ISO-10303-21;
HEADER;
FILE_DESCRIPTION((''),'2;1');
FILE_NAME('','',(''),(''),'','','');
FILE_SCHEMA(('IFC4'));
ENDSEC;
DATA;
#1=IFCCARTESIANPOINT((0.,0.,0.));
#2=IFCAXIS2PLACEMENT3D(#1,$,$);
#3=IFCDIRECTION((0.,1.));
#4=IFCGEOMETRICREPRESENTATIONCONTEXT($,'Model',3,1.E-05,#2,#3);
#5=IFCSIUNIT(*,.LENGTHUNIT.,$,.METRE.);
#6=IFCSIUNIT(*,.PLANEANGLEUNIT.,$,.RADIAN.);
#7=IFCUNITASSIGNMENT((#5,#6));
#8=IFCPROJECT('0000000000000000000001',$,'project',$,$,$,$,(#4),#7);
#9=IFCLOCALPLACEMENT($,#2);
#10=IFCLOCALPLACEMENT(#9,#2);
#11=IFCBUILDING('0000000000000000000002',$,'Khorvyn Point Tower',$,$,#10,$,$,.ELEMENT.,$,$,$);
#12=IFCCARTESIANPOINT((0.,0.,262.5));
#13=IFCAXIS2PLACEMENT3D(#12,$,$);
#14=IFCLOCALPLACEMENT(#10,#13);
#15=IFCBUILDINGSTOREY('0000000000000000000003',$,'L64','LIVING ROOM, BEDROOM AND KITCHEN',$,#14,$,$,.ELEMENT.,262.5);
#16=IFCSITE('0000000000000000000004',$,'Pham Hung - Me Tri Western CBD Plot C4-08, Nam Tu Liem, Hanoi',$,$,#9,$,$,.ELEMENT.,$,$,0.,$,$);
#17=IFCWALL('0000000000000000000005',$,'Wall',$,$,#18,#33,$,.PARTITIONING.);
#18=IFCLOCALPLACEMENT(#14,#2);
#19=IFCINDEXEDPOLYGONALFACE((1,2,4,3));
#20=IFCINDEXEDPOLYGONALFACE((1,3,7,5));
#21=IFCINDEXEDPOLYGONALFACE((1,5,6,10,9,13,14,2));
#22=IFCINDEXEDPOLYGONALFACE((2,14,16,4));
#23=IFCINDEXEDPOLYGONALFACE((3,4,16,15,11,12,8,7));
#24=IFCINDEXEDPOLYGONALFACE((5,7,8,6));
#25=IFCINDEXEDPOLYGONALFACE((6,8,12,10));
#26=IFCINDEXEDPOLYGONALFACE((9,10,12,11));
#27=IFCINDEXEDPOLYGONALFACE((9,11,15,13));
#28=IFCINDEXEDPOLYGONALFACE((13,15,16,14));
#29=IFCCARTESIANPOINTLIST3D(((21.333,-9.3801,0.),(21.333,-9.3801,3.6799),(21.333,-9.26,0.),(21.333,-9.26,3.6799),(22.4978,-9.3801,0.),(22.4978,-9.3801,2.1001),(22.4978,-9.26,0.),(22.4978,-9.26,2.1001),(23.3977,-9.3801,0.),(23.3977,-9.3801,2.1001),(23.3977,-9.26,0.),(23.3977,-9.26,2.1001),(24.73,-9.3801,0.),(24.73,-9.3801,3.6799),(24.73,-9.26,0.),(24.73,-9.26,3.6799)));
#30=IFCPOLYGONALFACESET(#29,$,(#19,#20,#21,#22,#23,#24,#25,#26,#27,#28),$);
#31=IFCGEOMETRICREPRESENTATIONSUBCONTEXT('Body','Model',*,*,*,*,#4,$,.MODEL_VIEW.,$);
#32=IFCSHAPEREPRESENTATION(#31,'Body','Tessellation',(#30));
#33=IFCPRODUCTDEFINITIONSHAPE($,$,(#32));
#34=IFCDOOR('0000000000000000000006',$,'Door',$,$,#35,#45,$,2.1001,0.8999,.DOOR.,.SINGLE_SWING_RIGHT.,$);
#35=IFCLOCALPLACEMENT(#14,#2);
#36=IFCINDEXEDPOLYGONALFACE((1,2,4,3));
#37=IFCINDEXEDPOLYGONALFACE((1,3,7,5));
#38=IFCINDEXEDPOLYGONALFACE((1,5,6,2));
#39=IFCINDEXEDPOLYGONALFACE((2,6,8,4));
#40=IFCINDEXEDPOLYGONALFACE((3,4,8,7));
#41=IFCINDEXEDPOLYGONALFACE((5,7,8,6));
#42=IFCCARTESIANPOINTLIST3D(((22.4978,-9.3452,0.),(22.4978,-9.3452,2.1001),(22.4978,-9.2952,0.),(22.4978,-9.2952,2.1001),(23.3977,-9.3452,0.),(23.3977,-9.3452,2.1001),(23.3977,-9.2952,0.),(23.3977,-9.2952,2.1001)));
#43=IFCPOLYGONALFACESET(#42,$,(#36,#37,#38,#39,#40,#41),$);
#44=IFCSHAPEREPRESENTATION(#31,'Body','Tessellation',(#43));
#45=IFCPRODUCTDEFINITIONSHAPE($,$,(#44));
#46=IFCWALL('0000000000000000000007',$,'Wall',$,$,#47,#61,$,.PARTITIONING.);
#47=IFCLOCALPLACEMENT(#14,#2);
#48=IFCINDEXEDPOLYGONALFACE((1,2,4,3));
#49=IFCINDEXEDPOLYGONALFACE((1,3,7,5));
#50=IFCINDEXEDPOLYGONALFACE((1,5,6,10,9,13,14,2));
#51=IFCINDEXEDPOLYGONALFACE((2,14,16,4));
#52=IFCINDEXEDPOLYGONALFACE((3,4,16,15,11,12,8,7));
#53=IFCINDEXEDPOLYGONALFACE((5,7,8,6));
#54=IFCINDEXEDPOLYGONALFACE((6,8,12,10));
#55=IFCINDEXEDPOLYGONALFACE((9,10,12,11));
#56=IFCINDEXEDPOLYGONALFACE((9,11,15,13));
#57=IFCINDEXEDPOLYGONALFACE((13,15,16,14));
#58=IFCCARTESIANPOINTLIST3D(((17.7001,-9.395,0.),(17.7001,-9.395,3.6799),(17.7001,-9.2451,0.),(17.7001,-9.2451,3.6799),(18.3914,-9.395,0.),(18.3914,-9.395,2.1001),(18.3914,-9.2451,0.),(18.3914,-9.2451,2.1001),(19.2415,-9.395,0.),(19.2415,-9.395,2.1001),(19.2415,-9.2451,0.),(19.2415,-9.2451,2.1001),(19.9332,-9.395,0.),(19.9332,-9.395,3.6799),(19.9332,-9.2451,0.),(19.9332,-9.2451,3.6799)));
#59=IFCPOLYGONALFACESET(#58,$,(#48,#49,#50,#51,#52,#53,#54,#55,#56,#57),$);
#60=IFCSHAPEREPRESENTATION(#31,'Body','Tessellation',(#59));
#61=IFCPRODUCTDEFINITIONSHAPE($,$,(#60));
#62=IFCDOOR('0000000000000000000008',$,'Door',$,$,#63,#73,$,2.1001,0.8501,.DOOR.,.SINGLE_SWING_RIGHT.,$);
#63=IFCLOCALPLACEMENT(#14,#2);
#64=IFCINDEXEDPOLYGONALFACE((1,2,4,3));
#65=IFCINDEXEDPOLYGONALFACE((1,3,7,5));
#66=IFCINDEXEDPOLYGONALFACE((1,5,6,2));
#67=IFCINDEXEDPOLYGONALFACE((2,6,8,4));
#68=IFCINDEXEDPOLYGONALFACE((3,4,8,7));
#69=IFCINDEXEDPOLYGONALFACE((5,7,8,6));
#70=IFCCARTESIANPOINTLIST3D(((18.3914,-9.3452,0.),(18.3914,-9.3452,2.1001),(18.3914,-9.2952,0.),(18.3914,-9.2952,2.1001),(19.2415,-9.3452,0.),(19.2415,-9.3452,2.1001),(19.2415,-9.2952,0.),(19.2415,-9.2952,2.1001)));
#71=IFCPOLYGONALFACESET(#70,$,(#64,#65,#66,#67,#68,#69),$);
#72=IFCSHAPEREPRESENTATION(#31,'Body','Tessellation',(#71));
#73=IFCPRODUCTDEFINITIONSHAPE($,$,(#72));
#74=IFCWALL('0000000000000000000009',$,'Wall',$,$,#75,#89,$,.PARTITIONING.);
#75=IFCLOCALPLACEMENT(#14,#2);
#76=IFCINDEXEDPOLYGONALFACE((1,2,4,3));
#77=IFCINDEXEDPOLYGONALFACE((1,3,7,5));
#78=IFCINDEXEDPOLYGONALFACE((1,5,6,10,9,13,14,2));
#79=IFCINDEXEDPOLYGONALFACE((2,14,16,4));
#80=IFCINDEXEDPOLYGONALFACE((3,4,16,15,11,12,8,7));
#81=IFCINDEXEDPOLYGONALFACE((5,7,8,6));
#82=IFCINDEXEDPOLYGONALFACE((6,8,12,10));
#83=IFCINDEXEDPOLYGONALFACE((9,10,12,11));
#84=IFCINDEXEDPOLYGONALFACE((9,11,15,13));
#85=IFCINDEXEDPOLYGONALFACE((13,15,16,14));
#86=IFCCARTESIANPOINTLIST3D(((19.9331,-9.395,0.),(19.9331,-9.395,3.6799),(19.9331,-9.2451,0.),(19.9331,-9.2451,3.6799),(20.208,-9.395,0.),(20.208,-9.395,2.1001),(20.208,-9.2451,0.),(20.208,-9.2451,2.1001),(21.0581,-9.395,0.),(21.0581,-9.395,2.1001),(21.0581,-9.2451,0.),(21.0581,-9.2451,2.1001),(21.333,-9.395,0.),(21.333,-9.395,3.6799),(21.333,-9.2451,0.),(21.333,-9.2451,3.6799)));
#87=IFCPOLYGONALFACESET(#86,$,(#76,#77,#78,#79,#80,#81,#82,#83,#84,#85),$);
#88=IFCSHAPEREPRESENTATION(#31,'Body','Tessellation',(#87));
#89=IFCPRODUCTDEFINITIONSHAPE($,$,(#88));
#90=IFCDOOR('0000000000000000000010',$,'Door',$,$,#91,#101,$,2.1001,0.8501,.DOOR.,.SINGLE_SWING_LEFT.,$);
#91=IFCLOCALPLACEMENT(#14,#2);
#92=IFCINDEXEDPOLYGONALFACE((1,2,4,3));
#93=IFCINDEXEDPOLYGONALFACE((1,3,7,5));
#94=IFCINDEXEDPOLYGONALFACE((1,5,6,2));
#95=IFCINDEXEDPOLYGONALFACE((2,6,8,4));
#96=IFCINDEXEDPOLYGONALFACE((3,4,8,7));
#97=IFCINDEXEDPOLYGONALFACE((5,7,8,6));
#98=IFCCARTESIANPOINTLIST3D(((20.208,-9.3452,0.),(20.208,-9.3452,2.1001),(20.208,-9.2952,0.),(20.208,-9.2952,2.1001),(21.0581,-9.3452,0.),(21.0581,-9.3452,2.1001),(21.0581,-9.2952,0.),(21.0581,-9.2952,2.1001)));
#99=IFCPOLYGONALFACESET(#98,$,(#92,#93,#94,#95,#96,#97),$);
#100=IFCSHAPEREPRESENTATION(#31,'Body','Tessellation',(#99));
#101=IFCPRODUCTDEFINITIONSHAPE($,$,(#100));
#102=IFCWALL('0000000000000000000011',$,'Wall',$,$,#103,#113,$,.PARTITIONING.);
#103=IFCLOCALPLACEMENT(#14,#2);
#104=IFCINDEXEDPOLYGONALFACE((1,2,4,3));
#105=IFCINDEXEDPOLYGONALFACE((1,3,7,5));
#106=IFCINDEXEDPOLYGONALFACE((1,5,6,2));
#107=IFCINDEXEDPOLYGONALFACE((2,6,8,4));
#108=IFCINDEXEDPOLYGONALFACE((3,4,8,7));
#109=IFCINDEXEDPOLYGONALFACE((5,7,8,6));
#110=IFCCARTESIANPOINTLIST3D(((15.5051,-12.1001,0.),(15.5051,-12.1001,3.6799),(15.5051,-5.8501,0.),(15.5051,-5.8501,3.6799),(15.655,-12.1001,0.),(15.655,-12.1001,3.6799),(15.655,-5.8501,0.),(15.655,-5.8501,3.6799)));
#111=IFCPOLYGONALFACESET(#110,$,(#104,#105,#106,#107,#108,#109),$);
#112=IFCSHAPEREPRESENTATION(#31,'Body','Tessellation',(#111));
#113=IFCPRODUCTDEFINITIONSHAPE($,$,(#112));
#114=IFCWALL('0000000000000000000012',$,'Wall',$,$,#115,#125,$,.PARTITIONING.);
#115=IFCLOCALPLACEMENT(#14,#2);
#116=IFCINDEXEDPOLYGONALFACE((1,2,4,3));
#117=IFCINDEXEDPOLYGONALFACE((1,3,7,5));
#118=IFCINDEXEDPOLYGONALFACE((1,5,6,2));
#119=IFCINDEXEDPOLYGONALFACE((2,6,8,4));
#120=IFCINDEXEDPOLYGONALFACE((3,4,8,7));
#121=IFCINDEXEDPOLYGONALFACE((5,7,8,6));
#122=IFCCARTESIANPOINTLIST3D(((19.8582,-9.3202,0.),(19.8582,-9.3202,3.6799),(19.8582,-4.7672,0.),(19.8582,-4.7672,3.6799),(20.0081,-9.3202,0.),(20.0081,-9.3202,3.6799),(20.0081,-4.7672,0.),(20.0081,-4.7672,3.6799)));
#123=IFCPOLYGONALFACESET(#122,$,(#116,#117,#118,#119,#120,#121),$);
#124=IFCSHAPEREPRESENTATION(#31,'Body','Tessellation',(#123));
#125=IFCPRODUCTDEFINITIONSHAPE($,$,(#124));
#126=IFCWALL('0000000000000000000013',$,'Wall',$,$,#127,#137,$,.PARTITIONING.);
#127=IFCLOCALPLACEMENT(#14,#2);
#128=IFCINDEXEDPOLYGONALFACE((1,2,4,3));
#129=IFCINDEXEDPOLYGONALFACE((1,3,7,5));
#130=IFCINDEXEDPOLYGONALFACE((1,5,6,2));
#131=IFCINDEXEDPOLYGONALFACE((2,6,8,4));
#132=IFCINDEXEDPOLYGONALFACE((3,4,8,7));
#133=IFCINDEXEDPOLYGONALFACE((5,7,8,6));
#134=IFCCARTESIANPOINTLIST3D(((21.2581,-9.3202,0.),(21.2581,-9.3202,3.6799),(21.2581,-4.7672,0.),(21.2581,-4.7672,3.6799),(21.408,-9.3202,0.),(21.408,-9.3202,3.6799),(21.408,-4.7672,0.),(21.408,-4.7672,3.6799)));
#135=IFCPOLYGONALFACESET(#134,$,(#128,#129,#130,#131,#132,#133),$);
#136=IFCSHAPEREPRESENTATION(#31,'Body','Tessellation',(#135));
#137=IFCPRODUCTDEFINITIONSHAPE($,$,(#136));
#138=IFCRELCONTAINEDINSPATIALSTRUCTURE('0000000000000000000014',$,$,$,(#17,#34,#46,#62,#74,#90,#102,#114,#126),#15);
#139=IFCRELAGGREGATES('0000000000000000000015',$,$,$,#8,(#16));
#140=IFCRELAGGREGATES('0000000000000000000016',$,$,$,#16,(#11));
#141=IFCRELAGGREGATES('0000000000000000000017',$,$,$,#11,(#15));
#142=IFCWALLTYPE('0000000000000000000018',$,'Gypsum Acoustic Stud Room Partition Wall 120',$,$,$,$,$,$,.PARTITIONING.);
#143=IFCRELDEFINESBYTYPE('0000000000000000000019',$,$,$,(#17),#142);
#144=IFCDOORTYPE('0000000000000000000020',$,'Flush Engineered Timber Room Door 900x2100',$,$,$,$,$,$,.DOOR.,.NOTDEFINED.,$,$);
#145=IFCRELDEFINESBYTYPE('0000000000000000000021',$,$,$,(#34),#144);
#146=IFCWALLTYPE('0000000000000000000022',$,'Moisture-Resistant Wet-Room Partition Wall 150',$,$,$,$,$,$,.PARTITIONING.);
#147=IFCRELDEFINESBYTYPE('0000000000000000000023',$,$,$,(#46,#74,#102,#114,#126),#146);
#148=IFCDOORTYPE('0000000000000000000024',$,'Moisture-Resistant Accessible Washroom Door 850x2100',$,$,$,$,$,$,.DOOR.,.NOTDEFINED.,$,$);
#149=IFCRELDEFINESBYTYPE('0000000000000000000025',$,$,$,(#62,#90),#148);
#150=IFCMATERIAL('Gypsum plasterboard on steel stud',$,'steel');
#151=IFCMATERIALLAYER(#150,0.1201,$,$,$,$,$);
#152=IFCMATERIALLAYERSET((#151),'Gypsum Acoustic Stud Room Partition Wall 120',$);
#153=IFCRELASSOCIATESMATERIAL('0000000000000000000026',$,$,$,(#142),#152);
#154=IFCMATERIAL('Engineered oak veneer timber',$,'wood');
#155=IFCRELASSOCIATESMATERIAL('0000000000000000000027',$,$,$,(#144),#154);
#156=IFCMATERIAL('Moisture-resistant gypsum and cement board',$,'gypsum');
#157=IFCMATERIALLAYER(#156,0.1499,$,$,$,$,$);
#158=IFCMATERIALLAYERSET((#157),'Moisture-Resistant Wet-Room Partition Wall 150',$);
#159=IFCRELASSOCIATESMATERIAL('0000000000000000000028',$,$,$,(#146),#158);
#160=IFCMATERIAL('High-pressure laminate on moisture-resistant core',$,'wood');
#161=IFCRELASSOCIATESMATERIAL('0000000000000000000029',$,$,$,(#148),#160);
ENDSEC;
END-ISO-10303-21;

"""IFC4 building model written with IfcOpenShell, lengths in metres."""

from ifc_helpers import new_model, si_unit, direction, frame, frame_2d, origin, place, context, subcontext, project, spatial, rectangle, extrude, material, layer, layer_set, type_object, element, fill, save


model = new_model("IFC4")

# Units and contexts
model_context = context("Model", 3, precision=1e-05, world=origin(), true_north=direction((0.0, 1.0)))
body_context = subcontext(model_context, "Body", "Model", "MODEL_VIEW")
ifc_project = project(units=[si_unit("LENGTHUNIT", "METRE"), si_unit("PLANEANGLEUNIT", "RADIAN")], contexts=[model_context])

# Site, building, storey
site_placement = place(None, origin())
site = spatial("IfcSite", under=ifc_project, at=site_placement, Name="Pham Hung - Me Tri Western CBD Plot C4-08, Nam Tu Liem, Hanoi", CompositionType="ELEMENT", RefElevation=0.0)
building_placement = place(site_placement, origin())
building = spatial("IfcBuilding", under=site, at=building_placement, Name="Khorvyn Point Tower", CompositionType="ELEMENT")
storey_placement = place(building_placement, frame((0.0, 0.0, 262.5)))
storey = spatial("IfcBuildingStorey", under=building, at=storey_placement, Name="L64", Description="LIVING ROOM, BEDROOM AND KITCHEN", CompositionType="ELEMENT", Elevation=262.5)

# Walls, openings, doors
ifc_material_1 = material(Name="Gypsum plasterboard on steel stud", Category="steel")
ifc_layer_1 = layer(ifc_material_1, 0.1201)
ifc_layer_set_1 = layer_set([ifc_layer_1], Name="Gypsum Acoustic Stud Room Partition Wall 120")
wall_type_1 = type_object("IfcWallType", Name="Gypsum Acoustic Stud Room Partition Wall 120", PredefinedType="PARTITIONING", material=ifc_layer_set_1)
wall_1_placement = place(storey_placement, frame((21.333, -9.3201, 0.0), z_axis=(0.0, 0.0, 1.0), x_axis=(1.0, 0.0, 0.0)))
wall_1 = element("IfcWall", 1, at=wall_1_placement, inside=storey, type_object=wall_type_1, Name="Wall", PredefinedType="PARTITIONING", context=body_context, shape_type="SweptSolid", body=[
    extrude(rectangle(XDim=3.397, YDim=0.1201, at=frame_2d((1.6985, 0.0))), origin(), (0.0, 0.0, 1.0), 3.6799),
])
opening_1_placement = place(wall_1_placement, frame((1.1648, 0.0, 0.0)))
opening_1 = element("IfcOpeningElement", 2, at=opening_1_placement, cuts=wall_1, PredefinedType="OPENING", context=body_context, shape_type="SweptSolid", body=[
    extrude(rectangle(XDim=0.8999, YDim=2.1001, at=frame_2d((0.45, 1.05))), frame((0.0, 0.0701, 0.0), z_axis=(0.0, -1.0, 0.0), x_axis=(1.0, 0.0, 0.0)), (0.0, 0.0, 1.0), 0.1401),
])
ifc_material_2 = material(Name="Engineered oak veneer timber", Category="wood")
door_type_1 = type_object("IfcDoorType", Name="Flush Engineered Timber Room Door 900x2100", OperationType="NOTDEFINED", PredefinedType="DOOR", material=ifc_material_2)
door_1_placement = place(opening_1_placement, origin())
door_1 = element("IfcDoor", 3, at=door_1_placement, inside=storey, type_object=door_type_1, Name="Door", OperationType="SINGLE_SWING_RIGHT", OverallHeight=2.1001, OverallWidth=0.8999, PredefinedType="DOOR", context=body_context, shape_type="SweptSolid", body=[
    extrude(rectangle(XDim=0.8999, YDim=2.1001, at=frame_2d((0.45, 1.05))), frame((0.0, 0.0249, 0.0), z_axis=(0.0, -1.0, 0.0), x_axis=(1.0, 0.0, 0.0)), (0.0, 0.0, 1.0), 0.05),
])
fill(opening_1, door_1)
ifc_material_3 = material(Name="Moisture-resistant gypsum and cement board", Category="gypsum")
ifc_layer_2 = layer(ifc_material_3, 0.1499)
ifc_layer_set_2 = layer_set([ifc_layer_2], Name="Moisture-Resistant Wet-Room Partition Wall 150")
wall_type_2 = type_object("IfcWallType", Name="Moisture-Resistant Wet-Room Partition Wall 150", PredefinedType="PARTITIONING", material=ifc_layer_set_2)
wall_2_placement = place(storey_placement, frame((17.7, -9.3201, 0.0), z_axis=(0.0, 0.0, 1.0), x_axis=(1.0, 0.0, 0.0)))
wall_2 = element("IfcWall", 4, at=wall_2_placement, inside=storey, type_object=wall_type_2, Name="Wall", PredefinedType="PARTITIONING", context=body_context, shape_type="SweptSolid", body=[
    extrude(rectangle(XDim=2.2332, YDim=0.1499, at=frame_2d((1.1167, 0.0))), origin(), (0.0, 0.0, 1.0), 3.6799),
])
opening_2_placement = place(wall_2_placement, frame((0.6914, 0.0, 0.0)))
opening_2 = element("IfcOpeningElement", 5, at=opening_2_placement, cuts=wall_2, PredefinedType="OPENING", context=body_context, shape_type="SweptSolid", body=[
    extrude(rectangle(XDim=0.8501, YDim=2.1001, at=frame_2d((0.425, 1.05))), frame((0.0, 0.085, 0.0), z_axis=(0.0, -1.0, 0.0), x_axis=(1.0, 0.0, 0.0)), (0.0, 0.0, 1.0), 0.1699),
])
ifc_material_4 = material(Name="High-pressure laminate on moisture-resistant core", Category="wood")
door_type_2 = type_object("IfcDoorType", Name="Moisture-Resistant Accessible Washroom Door 850x2100", OperationType="NOTDEFINED", PredefinedType="DOOR", material=ifc_material_4)
door_2_placement = place(opening_2_placement, origin())
door_2 = element("IfcDoor", 6, at=door_2_placement, inside=storey, type_object=door_type_2, Name="Door", OperationType="SINGLE_SWING_RIGHT", OverallHeight=2.1001, OverallWidth=0.8501, PredefinedType="DOOR", context=body_context, shape_type="SweptSolid", body=[
    extrude(rectangle(XDim=0.8501, YDim=2.1001, at=frame_2d((0.425, 1.05))), frame((0.0, 0.0249, 0.0), z_axis=(0.0, -1.0, 0.0), x_axis=(1.0, 0.0, 0.0)), (0.0, 0.0, 1.0), 0.05),
])
fill(opening_2, door_2)
wall_3_placement = place(storey_placement, frame((19.9331, -9.3201, 0.0), z_axis=(0.0, 0.0, 1.0), x_axis=(1.0, 0.0, 0.0)))
wall_3 = element("IfcWall", 7, at=wall_3_placement, inside=storey, type_object=wall_type_2, Name="Wall", PredefinedType="PARTITIONING", context=body_context, shape_type="SweptSolid", body=[
    extrude(rectangle(XDim=1.3999, YDim=0.1499, at=frame_2d((0.7, 0.0))), origin(), (0.0, 0.0, 1.0), 3.6799),
])
opening_3_placement = place(wall_3_placement, frame((0.2749, 0.0, 0.0)))
opening_3 = element("IfcOpeningElement", 8, at=opening_3_placement, cuts=wall_3, PredefinedType="OPENING", context=body_context, shape_type="SweptSolid", body=[
    extrude(rectangle(XDim=0.8501, YDim=2.1001, at=frame_2d((0.425, 1.05))), frame((0.0, 0.085, 0.0), z_axis=(0.0, -1.0, 0.0), x_axis=(1.0, 0.0, 0.0)), (0.0, 0.0, 1.0), 0.1699),
])
door_3_placement = place(opening_3_placement, origin())
door_3 = element("IfcDoor", 9, at=door_3_placement, inside=storey, type_object=door_type_2, Name="Door", OperationType="SINGLE_SWING_LEFT", OverallHeight=2.1001, OverallWidth=0.8501, PredefinedType="DOOR", context=body_context, shape_type="SweptSolid", body=[
    extrude(rectangle(XDim=0.8501, YDim=2.1001, at=frame_2d((0.425, 1.05))), frame((0.0, 0.0249, 0.0), z_axis=(0.0, -1.0, 0.0), x_axis=(1.0, 0.0, 0.0)), (0.0, 0.0, 1.0), 0.05),
])
fill(opening_3, door_3)

# Walls
wall_4_placement = place(storey_placement, frame((15.5801, -12.1001, 0.0), z_axis=(0.0, 0.0, 1.0), x_axis=(0.0, 1.0, 0.0)))
element("IfcWall", 10, at=wall_4_placement, inside=storey, type_object=wall_type_2, Name="Wall", PredefinedType="PARTITIONING", context=body_context, shape_type="SweptSolid", body=[
    extrude(rectangle(XDim=6.25, YDim=0.1499, at=frame_2d((3.125, 0.0))), origin(), (0.0, 0.0, 1.0), 3.6799),
])
for number, where, z_axis, x_axis, name in (
    (11, (19.9331, -9.3201, 0.0), (0.0, 0.0, 1.0), (0.0, 1.0, 0.0), "Wall"),
    (12, (21.333, -9.3201, 0.0), (0.0, 0.0, 1.0), (0.0, 1.0, 0.0), "Wall"),
):
    element("IfcWall", number, at=place(storey_placement, frame(where, z_axis=z_axis, x_axis=x_axis)), inside=storey, type_object=wall_type_2, Name=name, PredefinedType="PARTITIONING", context=body_context, shape_type="SweptSolid", body=[
        extrude(rectangle(XDim=4.553, YDim=0.1499, at=frame_2d((2.2764, 0.0))), origin(), (0.0, 0.0, 1.0), 3.6799),
    ])

save(model, "model.ifc")
